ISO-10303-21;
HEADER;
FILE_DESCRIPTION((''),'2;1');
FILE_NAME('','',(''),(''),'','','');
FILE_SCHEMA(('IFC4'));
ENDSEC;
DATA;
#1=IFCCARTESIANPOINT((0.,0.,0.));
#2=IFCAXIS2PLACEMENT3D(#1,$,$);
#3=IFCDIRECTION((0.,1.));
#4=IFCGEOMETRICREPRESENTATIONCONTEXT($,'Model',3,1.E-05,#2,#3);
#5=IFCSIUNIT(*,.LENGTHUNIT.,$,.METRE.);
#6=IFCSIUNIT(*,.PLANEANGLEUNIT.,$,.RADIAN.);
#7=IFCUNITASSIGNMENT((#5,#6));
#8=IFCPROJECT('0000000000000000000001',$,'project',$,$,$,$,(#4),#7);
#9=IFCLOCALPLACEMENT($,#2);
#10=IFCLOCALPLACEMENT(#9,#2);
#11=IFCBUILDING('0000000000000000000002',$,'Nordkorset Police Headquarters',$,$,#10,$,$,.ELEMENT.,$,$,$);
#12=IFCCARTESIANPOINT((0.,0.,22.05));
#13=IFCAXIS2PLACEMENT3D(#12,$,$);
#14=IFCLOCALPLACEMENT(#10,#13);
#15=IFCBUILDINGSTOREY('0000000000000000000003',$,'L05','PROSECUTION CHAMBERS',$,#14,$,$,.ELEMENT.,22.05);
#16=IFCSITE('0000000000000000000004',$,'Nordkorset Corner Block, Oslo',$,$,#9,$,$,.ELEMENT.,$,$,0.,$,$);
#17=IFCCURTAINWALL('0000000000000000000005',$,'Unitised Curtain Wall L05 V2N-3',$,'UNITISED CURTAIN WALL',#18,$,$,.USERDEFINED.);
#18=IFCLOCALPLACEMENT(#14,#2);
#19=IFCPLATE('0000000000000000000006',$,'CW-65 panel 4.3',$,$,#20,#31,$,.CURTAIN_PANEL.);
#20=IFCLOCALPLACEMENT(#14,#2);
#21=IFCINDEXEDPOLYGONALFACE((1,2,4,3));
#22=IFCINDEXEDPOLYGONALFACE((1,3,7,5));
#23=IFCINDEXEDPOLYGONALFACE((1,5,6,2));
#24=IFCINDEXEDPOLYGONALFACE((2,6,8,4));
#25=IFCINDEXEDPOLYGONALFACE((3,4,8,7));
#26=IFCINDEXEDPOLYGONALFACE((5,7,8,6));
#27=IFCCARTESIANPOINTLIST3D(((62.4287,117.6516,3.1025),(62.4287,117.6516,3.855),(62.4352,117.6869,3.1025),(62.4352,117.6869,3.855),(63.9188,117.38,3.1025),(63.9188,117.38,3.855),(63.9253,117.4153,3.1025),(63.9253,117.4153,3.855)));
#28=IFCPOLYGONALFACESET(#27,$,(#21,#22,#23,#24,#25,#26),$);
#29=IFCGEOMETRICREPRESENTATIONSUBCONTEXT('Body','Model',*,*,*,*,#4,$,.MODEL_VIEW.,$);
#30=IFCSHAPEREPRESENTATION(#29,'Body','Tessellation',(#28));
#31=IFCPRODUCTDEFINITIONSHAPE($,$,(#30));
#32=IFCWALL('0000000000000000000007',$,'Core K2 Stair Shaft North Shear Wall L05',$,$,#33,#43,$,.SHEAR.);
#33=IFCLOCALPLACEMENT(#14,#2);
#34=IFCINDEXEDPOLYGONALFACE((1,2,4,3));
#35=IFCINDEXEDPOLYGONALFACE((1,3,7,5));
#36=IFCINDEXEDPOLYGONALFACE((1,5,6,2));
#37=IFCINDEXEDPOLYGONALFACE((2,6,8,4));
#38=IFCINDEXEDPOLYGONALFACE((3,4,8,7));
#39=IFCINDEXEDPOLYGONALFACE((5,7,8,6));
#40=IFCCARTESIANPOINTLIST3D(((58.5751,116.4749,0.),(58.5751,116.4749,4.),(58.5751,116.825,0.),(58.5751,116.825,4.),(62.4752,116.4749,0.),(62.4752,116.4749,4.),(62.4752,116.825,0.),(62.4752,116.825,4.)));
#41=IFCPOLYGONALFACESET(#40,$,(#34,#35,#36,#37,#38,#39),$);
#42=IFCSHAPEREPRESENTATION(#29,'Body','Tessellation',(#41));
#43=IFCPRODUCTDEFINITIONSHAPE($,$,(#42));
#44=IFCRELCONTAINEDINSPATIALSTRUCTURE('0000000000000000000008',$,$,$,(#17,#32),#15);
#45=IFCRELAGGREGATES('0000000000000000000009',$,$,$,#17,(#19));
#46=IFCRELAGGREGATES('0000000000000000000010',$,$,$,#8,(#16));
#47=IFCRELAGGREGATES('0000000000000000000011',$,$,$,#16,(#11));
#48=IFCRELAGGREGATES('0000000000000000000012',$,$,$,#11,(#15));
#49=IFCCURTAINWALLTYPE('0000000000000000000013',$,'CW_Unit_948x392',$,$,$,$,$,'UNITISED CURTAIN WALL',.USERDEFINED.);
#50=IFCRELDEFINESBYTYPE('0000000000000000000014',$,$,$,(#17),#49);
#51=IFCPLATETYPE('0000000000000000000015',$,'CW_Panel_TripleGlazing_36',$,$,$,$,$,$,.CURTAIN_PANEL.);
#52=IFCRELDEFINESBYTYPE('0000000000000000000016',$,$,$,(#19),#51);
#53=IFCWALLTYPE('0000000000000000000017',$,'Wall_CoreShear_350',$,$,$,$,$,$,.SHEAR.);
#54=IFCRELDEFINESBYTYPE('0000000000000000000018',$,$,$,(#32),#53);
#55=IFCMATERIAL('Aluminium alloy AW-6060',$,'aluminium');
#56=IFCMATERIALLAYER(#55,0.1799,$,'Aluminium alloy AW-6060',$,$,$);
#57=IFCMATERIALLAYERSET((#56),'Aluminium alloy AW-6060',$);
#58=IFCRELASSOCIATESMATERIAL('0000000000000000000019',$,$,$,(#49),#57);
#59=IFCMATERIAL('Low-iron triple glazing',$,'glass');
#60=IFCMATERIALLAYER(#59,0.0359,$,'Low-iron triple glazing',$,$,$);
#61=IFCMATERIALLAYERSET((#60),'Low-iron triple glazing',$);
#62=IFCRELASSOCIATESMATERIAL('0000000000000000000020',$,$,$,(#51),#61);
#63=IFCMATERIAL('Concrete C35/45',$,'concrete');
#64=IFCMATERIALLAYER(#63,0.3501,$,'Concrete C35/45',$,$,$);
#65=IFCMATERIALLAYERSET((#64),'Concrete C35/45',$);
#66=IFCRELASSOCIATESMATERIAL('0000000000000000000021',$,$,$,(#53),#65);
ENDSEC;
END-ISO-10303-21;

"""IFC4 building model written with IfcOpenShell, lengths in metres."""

from ifc_helpers import new_model, si_unit, direction, frame, frame_2d, origin, origin_2d, place, context, subcontext, project, spatial, rectangle, extrude, material, layer, layer_set, type_object, element, aggregate, save


model = new_model("IFC4")

# Units and contexts
model_context = context("Model", 3, precision=1e-05, world=origin(), true_north=direction((0.0, 1.0)))
body_context = subcontext(model_context, "Body", "Model", "MODEL_VIEW")
ifc_project = project(units=[si_unit("LENGTHUNIT", "METRE"), si_unit("PLANEANGLEUNIT", "RADIAN")], contexts=[model_context])

# Site, building, storey
site_placement = place(None, origin())
site = spatial("IfcSite", under=ifc_project, at=site_placement, Name="Nordkorset Corner Block, Oslo", CompositionType="ELEMENT", RefElevation=0.0)
building_placement = place(site_placement, origin())
building = spatial("IfcBuilding", under=site, at=building_placement, Name="Nordkorset Police Headquarters", CompositionType="ELEMENT")
storey_placement = place(building_placement, frame((0.0, 0.0, 22.05)))
storey = spatial("IfcBuildingStorey", under=building, at=storey_placement, Name="L05", Description="PROSECUTION CHAMBERS", CompositionType="ELEMENT", Elevation=22.05)

# Curtain wall, plate
ifc_material_1 = material(Name="Aluminium alloy AW-6060", Category="aluminium")
ifc_layer_1 = layer(ifc_material_1, 0.1799, Name="Aluminium alloy AW-6060")
ifc_layer_set_1 = layer_set([ifc_layer_1], Name="Aluminium alloy AW-6060")
curtain_wall_type = type_object("IfcCurtainWallType", Name="CW_Unit_948x392", ElementType="UNITISED CURTAIN WALL", PredefinedType="USERDEFINED", material=ifc_layer_set_1)
curtain_wall_placement = place(storey_placement, origin())
curtain_wall = element("IfcCurtainWall", 1, at=curtain_wall_placement, inside=storey, type_object=curtain_wall_type, Name="Unitised Curtain Wall L05 V2N-3", ObjectType="UNITISED CURTAIN WALL", PredefinedType="USERDEFINED")
ifc_material_2 = material(Name="Low-iron triple glazing", Category="glass")
ifc_layer_2 = layer(ifc_material_2, 0.0359, Name="Low-iron triple glazing")
ifc_layer_set_2 = layer_set([ifc_layer_2], Name="Low-iron triple glazing")
plate_type = type_object("IfcPlateType", Name="CW_Panel_TripleGlazing_36", PredefinedType="CURTAIN_PANEL", material=ifc_layer_set_2)
plate_1_placement = place(storey_placement, frame((63.177, 117.5334, 3.1025), z_axis=(0.0, 0.0, 1.0), x_axis=(0.983788, -0.179336, 0.0)))
plate_1 = element("IfcPlate", 2, at=plate_1_placement, type_object=plate_type, Name="CW-65 panel 4.3", PredefinedType="CURTAIN_PANEL", context=body_context, shape_type="SweptSolid", body=[
    extrude(rectangle(XDim=1.5146, YDim=0.0359, at=origin_2d()), origin(), (0.0, 0.0, 1.0), 0.7524),
])
aggregate(curtain_wall, [plate_1])

# Wall
ifc_material_3 = material(Name="Concrete C35/45", Category="concrete")
ifc_layer_3 = layer(ifc_material_3, 0.3501, Name="Concrete C35/45")
ifc_layer_set_3 = layer_set([ifc_layer_3], Name="Concrete C35/45")
wall_type = type_object("IfcWallType", Name="Wall_CoreShear_350", PredefinedType="SHEAR", material=ifc_layer_set_3)
wall_placement = place(storey_placement, frame((58.575, 116.6499, 0.0), z_axis=(0.0, 0.0, 1.0), x_axis=(1.0, 0.0, 0.0)))
element("IfcWall", 3, at=wall_placement, inside=storey, type_object=wall_type, Name="Core K2 Stair Shaft North Shear Wall L05", PredefinedType="SHEAR", context=body_context, shape_type="SweptSolid", body=[
    extrude(rectangle(XDim=3.9001, YDim=0.3501, at=frame_2d((1.9502, 0.0))), origin(), (0.0, 0.0, 1.0), 4.0),
])

save(model, "model.ifc")
